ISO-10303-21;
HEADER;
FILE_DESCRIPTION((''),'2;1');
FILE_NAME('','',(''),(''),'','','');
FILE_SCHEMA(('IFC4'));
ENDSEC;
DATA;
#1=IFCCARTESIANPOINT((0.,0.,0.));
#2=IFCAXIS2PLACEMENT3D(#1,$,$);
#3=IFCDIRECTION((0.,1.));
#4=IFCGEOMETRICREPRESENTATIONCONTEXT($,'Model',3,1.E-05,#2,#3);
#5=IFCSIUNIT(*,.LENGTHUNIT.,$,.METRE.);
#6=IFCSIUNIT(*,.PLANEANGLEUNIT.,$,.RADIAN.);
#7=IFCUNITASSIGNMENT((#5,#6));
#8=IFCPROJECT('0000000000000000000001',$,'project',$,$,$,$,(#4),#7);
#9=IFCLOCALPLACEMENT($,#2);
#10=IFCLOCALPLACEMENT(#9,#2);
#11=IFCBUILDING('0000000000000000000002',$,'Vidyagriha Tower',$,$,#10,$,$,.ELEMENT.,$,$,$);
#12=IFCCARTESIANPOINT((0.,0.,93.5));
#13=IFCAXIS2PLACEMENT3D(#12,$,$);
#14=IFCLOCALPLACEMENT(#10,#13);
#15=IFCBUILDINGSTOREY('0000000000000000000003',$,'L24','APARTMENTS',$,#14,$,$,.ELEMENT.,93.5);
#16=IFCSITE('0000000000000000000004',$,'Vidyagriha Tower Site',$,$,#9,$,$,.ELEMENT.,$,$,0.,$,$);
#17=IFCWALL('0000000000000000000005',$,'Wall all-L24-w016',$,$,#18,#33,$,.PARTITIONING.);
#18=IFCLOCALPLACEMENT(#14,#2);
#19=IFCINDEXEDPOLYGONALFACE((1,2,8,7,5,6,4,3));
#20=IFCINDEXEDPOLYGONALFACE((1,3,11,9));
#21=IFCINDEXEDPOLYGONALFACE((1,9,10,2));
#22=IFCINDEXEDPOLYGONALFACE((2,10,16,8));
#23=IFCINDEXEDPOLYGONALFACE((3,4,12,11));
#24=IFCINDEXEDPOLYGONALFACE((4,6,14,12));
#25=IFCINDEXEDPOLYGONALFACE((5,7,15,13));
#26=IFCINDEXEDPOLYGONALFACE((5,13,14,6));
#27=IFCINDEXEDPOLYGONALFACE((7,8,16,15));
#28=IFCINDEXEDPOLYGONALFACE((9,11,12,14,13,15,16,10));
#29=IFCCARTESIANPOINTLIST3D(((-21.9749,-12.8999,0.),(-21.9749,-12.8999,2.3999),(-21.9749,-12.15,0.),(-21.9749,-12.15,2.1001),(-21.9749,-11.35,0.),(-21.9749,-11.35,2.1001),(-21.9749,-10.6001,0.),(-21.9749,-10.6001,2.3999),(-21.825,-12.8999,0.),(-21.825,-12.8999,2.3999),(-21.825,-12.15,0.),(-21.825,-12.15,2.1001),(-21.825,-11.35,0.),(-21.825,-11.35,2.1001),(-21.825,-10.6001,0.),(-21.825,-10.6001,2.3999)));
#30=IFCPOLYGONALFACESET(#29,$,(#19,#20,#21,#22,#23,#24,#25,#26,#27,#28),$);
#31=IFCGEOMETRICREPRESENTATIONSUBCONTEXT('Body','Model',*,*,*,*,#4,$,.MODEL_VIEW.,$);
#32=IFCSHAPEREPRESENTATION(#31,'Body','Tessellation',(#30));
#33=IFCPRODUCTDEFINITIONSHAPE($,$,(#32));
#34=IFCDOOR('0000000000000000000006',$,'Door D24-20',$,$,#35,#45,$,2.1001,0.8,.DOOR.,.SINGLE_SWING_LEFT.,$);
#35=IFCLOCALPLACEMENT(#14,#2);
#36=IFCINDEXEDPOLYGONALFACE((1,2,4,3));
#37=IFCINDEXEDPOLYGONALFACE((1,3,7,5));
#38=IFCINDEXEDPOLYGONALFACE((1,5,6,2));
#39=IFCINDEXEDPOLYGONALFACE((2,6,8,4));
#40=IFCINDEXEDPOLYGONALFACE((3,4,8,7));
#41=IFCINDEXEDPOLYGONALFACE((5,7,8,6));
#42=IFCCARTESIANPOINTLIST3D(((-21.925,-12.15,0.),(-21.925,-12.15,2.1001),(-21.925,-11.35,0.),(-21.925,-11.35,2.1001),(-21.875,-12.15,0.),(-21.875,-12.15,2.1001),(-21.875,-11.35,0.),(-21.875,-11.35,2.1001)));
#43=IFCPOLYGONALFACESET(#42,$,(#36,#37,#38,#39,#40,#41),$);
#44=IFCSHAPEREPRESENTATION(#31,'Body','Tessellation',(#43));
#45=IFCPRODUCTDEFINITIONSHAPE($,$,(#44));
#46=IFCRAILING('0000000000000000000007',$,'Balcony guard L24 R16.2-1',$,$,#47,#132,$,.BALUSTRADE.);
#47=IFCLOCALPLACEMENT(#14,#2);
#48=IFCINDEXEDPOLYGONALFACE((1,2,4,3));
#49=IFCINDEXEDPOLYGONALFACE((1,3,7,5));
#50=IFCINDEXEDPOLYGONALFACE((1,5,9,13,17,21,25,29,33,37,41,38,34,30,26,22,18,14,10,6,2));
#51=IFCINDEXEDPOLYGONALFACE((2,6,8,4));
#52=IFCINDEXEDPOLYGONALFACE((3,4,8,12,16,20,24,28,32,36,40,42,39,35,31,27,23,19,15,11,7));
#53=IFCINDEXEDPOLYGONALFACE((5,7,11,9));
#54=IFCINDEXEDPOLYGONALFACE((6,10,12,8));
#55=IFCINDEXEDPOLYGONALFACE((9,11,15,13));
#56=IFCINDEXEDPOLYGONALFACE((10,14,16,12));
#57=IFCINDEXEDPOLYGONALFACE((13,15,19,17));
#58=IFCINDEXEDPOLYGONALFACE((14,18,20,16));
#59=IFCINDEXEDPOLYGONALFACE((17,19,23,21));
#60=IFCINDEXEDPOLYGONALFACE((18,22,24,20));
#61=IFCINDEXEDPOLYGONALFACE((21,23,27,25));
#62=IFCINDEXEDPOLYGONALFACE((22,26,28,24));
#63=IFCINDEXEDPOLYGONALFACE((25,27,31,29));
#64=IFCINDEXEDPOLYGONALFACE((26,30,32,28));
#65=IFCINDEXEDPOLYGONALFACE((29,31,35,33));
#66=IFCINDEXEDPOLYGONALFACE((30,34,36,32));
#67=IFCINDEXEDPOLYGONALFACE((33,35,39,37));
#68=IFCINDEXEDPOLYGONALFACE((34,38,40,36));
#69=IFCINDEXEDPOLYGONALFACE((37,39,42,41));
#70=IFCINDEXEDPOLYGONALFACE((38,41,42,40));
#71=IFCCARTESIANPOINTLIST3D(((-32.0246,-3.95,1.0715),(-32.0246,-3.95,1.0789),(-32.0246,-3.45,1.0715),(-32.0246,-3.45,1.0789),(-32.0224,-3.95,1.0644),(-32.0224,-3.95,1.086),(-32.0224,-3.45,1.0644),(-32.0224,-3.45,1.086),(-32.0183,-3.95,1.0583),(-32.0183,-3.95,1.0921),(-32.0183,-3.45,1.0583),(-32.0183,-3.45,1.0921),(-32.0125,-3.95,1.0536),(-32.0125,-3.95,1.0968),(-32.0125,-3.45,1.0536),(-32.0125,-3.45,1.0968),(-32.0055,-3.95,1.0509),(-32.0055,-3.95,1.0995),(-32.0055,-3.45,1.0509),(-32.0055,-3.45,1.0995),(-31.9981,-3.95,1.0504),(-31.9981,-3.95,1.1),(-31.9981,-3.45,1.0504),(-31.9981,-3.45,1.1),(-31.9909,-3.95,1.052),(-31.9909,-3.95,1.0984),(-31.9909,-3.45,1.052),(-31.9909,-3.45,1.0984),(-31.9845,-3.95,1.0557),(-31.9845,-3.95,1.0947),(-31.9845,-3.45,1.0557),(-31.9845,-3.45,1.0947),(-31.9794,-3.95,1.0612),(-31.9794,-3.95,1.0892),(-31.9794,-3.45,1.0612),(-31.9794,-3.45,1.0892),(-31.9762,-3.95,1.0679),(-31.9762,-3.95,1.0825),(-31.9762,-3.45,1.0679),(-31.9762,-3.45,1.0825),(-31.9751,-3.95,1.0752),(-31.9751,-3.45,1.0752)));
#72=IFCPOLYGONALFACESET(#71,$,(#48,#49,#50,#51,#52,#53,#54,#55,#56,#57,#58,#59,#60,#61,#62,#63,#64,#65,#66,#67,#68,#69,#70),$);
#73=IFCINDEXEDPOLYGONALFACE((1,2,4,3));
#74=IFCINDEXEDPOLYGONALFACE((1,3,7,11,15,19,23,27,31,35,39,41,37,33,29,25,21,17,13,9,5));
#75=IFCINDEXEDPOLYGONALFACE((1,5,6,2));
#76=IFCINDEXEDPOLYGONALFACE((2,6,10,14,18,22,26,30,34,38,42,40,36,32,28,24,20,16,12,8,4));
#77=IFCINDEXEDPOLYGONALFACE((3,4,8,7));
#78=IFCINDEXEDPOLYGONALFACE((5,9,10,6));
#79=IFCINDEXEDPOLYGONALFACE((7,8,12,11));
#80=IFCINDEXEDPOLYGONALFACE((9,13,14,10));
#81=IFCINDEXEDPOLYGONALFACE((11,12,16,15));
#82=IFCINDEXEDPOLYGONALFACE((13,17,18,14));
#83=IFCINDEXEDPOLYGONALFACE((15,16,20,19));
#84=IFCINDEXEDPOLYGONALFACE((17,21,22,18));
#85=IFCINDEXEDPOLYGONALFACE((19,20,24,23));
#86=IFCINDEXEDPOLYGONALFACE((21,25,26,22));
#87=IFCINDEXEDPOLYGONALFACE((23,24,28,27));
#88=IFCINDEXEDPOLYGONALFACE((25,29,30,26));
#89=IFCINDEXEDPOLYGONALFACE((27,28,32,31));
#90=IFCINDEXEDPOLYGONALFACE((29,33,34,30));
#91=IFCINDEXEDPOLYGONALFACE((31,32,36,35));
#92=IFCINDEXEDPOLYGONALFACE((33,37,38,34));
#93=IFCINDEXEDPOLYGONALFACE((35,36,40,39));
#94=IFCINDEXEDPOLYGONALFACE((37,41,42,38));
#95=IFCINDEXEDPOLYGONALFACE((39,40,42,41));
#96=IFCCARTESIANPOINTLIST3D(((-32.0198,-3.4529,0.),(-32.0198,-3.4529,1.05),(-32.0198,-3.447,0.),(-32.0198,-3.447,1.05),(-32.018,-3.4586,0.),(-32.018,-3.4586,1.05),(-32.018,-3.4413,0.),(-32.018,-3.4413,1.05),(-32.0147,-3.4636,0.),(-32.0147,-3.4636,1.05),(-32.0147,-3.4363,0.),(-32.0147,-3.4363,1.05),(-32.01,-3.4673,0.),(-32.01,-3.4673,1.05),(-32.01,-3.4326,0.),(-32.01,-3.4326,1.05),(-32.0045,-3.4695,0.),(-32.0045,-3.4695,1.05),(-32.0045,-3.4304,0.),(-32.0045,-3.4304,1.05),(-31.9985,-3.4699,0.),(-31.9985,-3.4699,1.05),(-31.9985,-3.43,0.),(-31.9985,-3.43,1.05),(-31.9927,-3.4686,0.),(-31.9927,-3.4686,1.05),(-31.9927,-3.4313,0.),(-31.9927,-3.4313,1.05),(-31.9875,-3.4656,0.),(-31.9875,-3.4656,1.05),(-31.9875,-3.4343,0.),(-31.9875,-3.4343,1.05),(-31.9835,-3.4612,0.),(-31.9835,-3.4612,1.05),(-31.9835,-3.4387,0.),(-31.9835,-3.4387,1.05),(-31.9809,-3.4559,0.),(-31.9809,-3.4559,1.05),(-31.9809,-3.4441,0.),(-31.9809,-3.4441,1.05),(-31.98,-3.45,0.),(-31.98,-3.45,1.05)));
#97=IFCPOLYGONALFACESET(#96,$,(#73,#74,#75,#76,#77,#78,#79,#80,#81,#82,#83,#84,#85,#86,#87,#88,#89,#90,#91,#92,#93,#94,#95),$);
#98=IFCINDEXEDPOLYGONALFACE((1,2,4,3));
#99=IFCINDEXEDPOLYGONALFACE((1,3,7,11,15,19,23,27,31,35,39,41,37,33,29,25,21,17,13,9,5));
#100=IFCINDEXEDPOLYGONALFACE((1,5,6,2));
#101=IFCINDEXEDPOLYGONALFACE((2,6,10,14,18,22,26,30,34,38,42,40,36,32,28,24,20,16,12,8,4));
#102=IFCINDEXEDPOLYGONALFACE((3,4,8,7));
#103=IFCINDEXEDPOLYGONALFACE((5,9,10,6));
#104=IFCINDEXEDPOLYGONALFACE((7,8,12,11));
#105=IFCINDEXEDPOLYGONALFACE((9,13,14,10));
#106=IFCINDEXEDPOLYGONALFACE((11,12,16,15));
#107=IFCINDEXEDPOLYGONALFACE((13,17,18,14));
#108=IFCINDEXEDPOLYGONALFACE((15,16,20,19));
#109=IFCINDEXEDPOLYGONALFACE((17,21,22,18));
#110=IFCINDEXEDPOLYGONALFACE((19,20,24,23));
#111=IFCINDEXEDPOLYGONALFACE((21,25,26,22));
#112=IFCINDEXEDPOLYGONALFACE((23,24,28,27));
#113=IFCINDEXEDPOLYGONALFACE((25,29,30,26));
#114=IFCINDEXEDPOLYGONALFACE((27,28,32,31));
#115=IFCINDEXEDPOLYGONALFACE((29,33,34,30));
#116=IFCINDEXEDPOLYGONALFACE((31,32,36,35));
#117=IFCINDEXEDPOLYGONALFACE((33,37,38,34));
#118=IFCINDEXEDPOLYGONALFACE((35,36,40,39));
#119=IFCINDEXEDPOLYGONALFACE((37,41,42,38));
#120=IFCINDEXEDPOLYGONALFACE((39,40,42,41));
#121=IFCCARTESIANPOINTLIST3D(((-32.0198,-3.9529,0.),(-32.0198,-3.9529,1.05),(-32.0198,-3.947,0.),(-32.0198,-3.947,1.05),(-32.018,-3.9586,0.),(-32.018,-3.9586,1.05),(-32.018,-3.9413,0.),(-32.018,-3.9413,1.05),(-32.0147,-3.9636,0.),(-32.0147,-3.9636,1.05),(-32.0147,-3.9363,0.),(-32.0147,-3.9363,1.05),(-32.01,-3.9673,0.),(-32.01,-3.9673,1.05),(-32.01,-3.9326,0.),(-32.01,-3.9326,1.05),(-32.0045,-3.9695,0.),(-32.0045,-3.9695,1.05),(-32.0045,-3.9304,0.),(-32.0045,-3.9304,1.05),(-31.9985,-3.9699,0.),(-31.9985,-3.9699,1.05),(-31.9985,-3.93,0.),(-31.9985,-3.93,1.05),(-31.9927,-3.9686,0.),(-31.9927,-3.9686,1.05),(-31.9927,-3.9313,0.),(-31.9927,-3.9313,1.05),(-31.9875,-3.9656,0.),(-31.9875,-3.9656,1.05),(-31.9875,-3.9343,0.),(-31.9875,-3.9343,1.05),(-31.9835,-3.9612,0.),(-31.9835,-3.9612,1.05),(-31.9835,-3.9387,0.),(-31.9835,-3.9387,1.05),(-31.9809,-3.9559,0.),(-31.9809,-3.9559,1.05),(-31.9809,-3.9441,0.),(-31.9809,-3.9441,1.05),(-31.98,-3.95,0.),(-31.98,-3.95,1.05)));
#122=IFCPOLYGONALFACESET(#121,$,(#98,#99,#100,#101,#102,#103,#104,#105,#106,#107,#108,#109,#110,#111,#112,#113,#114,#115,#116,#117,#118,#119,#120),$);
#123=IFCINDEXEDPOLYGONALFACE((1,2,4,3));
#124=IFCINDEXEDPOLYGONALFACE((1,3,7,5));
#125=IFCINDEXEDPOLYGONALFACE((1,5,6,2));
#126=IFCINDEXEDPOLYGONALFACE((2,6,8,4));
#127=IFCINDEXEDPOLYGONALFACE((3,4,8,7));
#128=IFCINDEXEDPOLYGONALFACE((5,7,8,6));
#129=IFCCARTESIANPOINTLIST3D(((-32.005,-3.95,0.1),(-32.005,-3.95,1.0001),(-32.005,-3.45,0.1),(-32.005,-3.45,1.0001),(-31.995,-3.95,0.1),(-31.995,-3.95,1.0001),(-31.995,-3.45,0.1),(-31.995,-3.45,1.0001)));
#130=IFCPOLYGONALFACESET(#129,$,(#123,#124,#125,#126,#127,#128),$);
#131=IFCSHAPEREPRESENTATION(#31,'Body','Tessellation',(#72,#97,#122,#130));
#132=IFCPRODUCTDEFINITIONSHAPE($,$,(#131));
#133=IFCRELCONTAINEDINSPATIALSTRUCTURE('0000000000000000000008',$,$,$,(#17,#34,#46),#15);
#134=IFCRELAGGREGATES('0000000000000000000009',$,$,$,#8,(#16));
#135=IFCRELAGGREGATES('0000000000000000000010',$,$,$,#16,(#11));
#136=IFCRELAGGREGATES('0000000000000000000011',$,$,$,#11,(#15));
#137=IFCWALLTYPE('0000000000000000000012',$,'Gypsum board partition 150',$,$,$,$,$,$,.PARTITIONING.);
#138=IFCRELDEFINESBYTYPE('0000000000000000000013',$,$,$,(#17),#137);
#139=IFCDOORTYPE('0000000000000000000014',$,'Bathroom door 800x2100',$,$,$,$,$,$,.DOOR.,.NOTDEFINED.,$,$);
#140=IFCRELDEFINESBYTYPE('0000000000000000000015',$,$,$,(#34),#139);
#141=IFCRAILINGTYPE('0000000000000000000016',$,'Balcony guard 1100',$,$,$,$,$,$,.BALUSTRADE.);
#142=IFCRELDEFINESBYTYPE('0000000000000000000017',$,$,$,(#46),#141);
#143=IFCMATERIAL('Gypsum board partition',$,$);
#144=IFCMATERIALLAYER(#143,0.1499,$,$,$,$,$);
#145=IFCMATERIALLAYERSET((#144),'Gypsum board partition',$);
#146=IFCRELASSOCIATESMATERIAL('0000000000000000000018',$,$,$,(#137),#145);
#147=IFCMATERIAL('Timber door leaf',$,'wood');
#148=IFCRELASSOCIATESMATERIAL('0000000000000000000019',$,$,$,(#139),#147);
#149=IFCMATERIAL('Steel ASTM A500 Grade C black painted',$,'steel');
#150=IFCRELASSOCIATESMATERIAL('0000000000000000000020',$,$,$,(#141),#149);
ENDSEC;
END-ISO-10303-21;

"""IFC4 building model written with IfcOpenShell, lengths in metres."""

from ifc_helpers import new_model, si_unit, direction, frame, frame_2d, origin, origin_2d, place, context, subcontext, project, spatial, rectangle, circle, extrude, material, layer, layer_set, type_object, element, fill, save


model = new_model("IFC4")

# Units and contexts
model_context = context("Model", 3, precision=1e-05, world=origin(), true_north=direction((0.0, 1.0)))
body_context = subcontext(model_context, "Body", "Model", "MODEL_VIEW")
ifc_project = project(units=[si_unit("LENGTHUNIT", "METRE"), si_unit("PLANEANGLEUNIT", "RADIAN")], contexts=[model_context])

# Site, building, storey
site_placement = place(None, origin())
site = spatial("IfcSite", under=ifc_project, at=site_placement, Name="Vidyagriha Tower Site", CompositionType="ELEMENT", RefElevation=0.0)
building_placement = place(site_placement, origin())
building = spatial("IfcBuilding", under=site, at=building_placement, Name="Vidyagriha Tower", CompositionType="ELEMENT")
storey_placement = place(building_placement, frame((0.0, 0.0, 93.5)))
storey = spatial("IfcBuildingStorey", under=building, at=storey_placement, Name="L24", Description="APARTMENTS", CompositionType="ELEMENT", Elevation=93.5)

# Shared definitions
ifc_material_1 = material(Name="Gypsum board partition")
ifc_layer_1 = layer(ifc_material_1, 0.1499)
ifc_layer_set_1 = layer_set([ifc_layer_1], Name="Gypsum board partition")
wall_type_1 = type_object("IfcWallType", Name="Gypsum board partition 150", PredefinedType="PARTITIONING", material=ifc_layer_set_1)

# Wall, opening, door
wall_1_placement = place(storey_placement, frame((-21.8999, -10.6001, 0.0), z_axis=(0.0, 0.0, 1.0), x_axis=(0.0, -1.0, 0.0)))
wall_1 = element("IfcWall", 1, at=wall_1_placement, inside=storey, type_object=wall_type_1, Name="Wall all-L24-w016", PredefinedType="PARTITIONING", context=body_context, shape_type="SweptSolid", body=[
    extrude(rectangle(XDim=2.2998, YDim=0.1499, at=frame_2d((1.1499, 0.0))), origin(), (0.0, 0.0, 1.0), 2.3999),
])
opening_1_placement = place(wall_1_placement, frame((0.75, 0.0, 0.0)))
opening_1 = element("IfcOpeningElement", 2, at=opening_1_placement, cuts=wall_1, PredefinedType="OPENING", context=body_context, shape_type="SweptSolid", body=[
    extrude(rectangle(XDim=0.8, YDim=2.1001, at=frame_2d((0.3999, 1.05))), frame((0.0, 0.085, 0.0), z_axis=(0.0, -1.0, 0.0), x_axis=(1.0, 0.0, 0.0)), (0.0, 0.0, 1.0), 0.1699),
])
ifc_material_2 = material(Name="Timber door leaf", Category="wood")
door_type_1 = type_object("IfcDoorType", Name="Bathroom door 800x2100", OperationType="NOTDEFINED", PredefinedType="DOOR", material=ifc_material_2)
door_1_placement = place(opening_1_placement, origin())
door_1 = element("IfcDoor", 3, at=door_1_placement, inside=storey, type_object=door_type_1, Name="Door D24-20", OperationType="SINGLE_SWING_LEFT", OverallHeight=2.1001, OverallWidth=0.8, PredefinedType="DOOR", context=body_context, shape_type="SweptSolid", body=[
    extrude(rectangle(XDim=0.8, YDim=2.1001, at=frame_2d((0.3999, 1.05))), frame((0.0, 0.0249, 0.0), z_axis=(0.0, -1.0, 0.0), x_axis=(1.0, 0.0, 0.0)), (0.0, 0.0, 1.0), 0.05),
])
fill(opening_1, door_1)

# Railing
ifc_material_3 = material(Name="Steel ASTM A500 Grade C black painted", Category="steel")
railing_type_1 = type_object("IfcRailingType", Name="Balcony guard 1100", PredefinedType="BALUSTRADE", material=ifc_material_3)
railing_1_placement = place(storey_placement, frame((-32.0, -3.45, 0.0)))
element("IfcRailing", 4, at=railing_1_placement, inside=storey, type_object=railing_type_1, Name="Balcony guard L24 R16.2-1", PredefinedType="BALUSTRADE", context=body_context, shape_type="SweptSolid", body=[
    extrude(circle(Radius=0.0249, at=origin_2d()), frame((0.0, 0.0, 1.0752), z_axis=(0.0, -1.0, 0.0), x_axis=(1.0, 0.0, 0.0)), (0.0, 0.0, 1.0), 0.5),
    extrude(circle(Radius=0.02, at=origin_2d()), origin(), (0.0, 0.0, 1.0), 1.05),
    extrude(circle(Radius=0.02, at=origin_2d()), frame((0.0, -0.5, 0.0)), (0.0, 0.0, 1.0), 1.05),
    extrude(rectangle(XDim=0.01, YDim=0.9001, at=origin_2d()), frame((0.0, 0.0, 0.55), z_axis=(0.0, -1.0, 0.0), x_axis=(1.0, 0.0, 0.0)), (0.0, 0.0, 1.0), 0.5),
])

save(model, "model.ifc")
